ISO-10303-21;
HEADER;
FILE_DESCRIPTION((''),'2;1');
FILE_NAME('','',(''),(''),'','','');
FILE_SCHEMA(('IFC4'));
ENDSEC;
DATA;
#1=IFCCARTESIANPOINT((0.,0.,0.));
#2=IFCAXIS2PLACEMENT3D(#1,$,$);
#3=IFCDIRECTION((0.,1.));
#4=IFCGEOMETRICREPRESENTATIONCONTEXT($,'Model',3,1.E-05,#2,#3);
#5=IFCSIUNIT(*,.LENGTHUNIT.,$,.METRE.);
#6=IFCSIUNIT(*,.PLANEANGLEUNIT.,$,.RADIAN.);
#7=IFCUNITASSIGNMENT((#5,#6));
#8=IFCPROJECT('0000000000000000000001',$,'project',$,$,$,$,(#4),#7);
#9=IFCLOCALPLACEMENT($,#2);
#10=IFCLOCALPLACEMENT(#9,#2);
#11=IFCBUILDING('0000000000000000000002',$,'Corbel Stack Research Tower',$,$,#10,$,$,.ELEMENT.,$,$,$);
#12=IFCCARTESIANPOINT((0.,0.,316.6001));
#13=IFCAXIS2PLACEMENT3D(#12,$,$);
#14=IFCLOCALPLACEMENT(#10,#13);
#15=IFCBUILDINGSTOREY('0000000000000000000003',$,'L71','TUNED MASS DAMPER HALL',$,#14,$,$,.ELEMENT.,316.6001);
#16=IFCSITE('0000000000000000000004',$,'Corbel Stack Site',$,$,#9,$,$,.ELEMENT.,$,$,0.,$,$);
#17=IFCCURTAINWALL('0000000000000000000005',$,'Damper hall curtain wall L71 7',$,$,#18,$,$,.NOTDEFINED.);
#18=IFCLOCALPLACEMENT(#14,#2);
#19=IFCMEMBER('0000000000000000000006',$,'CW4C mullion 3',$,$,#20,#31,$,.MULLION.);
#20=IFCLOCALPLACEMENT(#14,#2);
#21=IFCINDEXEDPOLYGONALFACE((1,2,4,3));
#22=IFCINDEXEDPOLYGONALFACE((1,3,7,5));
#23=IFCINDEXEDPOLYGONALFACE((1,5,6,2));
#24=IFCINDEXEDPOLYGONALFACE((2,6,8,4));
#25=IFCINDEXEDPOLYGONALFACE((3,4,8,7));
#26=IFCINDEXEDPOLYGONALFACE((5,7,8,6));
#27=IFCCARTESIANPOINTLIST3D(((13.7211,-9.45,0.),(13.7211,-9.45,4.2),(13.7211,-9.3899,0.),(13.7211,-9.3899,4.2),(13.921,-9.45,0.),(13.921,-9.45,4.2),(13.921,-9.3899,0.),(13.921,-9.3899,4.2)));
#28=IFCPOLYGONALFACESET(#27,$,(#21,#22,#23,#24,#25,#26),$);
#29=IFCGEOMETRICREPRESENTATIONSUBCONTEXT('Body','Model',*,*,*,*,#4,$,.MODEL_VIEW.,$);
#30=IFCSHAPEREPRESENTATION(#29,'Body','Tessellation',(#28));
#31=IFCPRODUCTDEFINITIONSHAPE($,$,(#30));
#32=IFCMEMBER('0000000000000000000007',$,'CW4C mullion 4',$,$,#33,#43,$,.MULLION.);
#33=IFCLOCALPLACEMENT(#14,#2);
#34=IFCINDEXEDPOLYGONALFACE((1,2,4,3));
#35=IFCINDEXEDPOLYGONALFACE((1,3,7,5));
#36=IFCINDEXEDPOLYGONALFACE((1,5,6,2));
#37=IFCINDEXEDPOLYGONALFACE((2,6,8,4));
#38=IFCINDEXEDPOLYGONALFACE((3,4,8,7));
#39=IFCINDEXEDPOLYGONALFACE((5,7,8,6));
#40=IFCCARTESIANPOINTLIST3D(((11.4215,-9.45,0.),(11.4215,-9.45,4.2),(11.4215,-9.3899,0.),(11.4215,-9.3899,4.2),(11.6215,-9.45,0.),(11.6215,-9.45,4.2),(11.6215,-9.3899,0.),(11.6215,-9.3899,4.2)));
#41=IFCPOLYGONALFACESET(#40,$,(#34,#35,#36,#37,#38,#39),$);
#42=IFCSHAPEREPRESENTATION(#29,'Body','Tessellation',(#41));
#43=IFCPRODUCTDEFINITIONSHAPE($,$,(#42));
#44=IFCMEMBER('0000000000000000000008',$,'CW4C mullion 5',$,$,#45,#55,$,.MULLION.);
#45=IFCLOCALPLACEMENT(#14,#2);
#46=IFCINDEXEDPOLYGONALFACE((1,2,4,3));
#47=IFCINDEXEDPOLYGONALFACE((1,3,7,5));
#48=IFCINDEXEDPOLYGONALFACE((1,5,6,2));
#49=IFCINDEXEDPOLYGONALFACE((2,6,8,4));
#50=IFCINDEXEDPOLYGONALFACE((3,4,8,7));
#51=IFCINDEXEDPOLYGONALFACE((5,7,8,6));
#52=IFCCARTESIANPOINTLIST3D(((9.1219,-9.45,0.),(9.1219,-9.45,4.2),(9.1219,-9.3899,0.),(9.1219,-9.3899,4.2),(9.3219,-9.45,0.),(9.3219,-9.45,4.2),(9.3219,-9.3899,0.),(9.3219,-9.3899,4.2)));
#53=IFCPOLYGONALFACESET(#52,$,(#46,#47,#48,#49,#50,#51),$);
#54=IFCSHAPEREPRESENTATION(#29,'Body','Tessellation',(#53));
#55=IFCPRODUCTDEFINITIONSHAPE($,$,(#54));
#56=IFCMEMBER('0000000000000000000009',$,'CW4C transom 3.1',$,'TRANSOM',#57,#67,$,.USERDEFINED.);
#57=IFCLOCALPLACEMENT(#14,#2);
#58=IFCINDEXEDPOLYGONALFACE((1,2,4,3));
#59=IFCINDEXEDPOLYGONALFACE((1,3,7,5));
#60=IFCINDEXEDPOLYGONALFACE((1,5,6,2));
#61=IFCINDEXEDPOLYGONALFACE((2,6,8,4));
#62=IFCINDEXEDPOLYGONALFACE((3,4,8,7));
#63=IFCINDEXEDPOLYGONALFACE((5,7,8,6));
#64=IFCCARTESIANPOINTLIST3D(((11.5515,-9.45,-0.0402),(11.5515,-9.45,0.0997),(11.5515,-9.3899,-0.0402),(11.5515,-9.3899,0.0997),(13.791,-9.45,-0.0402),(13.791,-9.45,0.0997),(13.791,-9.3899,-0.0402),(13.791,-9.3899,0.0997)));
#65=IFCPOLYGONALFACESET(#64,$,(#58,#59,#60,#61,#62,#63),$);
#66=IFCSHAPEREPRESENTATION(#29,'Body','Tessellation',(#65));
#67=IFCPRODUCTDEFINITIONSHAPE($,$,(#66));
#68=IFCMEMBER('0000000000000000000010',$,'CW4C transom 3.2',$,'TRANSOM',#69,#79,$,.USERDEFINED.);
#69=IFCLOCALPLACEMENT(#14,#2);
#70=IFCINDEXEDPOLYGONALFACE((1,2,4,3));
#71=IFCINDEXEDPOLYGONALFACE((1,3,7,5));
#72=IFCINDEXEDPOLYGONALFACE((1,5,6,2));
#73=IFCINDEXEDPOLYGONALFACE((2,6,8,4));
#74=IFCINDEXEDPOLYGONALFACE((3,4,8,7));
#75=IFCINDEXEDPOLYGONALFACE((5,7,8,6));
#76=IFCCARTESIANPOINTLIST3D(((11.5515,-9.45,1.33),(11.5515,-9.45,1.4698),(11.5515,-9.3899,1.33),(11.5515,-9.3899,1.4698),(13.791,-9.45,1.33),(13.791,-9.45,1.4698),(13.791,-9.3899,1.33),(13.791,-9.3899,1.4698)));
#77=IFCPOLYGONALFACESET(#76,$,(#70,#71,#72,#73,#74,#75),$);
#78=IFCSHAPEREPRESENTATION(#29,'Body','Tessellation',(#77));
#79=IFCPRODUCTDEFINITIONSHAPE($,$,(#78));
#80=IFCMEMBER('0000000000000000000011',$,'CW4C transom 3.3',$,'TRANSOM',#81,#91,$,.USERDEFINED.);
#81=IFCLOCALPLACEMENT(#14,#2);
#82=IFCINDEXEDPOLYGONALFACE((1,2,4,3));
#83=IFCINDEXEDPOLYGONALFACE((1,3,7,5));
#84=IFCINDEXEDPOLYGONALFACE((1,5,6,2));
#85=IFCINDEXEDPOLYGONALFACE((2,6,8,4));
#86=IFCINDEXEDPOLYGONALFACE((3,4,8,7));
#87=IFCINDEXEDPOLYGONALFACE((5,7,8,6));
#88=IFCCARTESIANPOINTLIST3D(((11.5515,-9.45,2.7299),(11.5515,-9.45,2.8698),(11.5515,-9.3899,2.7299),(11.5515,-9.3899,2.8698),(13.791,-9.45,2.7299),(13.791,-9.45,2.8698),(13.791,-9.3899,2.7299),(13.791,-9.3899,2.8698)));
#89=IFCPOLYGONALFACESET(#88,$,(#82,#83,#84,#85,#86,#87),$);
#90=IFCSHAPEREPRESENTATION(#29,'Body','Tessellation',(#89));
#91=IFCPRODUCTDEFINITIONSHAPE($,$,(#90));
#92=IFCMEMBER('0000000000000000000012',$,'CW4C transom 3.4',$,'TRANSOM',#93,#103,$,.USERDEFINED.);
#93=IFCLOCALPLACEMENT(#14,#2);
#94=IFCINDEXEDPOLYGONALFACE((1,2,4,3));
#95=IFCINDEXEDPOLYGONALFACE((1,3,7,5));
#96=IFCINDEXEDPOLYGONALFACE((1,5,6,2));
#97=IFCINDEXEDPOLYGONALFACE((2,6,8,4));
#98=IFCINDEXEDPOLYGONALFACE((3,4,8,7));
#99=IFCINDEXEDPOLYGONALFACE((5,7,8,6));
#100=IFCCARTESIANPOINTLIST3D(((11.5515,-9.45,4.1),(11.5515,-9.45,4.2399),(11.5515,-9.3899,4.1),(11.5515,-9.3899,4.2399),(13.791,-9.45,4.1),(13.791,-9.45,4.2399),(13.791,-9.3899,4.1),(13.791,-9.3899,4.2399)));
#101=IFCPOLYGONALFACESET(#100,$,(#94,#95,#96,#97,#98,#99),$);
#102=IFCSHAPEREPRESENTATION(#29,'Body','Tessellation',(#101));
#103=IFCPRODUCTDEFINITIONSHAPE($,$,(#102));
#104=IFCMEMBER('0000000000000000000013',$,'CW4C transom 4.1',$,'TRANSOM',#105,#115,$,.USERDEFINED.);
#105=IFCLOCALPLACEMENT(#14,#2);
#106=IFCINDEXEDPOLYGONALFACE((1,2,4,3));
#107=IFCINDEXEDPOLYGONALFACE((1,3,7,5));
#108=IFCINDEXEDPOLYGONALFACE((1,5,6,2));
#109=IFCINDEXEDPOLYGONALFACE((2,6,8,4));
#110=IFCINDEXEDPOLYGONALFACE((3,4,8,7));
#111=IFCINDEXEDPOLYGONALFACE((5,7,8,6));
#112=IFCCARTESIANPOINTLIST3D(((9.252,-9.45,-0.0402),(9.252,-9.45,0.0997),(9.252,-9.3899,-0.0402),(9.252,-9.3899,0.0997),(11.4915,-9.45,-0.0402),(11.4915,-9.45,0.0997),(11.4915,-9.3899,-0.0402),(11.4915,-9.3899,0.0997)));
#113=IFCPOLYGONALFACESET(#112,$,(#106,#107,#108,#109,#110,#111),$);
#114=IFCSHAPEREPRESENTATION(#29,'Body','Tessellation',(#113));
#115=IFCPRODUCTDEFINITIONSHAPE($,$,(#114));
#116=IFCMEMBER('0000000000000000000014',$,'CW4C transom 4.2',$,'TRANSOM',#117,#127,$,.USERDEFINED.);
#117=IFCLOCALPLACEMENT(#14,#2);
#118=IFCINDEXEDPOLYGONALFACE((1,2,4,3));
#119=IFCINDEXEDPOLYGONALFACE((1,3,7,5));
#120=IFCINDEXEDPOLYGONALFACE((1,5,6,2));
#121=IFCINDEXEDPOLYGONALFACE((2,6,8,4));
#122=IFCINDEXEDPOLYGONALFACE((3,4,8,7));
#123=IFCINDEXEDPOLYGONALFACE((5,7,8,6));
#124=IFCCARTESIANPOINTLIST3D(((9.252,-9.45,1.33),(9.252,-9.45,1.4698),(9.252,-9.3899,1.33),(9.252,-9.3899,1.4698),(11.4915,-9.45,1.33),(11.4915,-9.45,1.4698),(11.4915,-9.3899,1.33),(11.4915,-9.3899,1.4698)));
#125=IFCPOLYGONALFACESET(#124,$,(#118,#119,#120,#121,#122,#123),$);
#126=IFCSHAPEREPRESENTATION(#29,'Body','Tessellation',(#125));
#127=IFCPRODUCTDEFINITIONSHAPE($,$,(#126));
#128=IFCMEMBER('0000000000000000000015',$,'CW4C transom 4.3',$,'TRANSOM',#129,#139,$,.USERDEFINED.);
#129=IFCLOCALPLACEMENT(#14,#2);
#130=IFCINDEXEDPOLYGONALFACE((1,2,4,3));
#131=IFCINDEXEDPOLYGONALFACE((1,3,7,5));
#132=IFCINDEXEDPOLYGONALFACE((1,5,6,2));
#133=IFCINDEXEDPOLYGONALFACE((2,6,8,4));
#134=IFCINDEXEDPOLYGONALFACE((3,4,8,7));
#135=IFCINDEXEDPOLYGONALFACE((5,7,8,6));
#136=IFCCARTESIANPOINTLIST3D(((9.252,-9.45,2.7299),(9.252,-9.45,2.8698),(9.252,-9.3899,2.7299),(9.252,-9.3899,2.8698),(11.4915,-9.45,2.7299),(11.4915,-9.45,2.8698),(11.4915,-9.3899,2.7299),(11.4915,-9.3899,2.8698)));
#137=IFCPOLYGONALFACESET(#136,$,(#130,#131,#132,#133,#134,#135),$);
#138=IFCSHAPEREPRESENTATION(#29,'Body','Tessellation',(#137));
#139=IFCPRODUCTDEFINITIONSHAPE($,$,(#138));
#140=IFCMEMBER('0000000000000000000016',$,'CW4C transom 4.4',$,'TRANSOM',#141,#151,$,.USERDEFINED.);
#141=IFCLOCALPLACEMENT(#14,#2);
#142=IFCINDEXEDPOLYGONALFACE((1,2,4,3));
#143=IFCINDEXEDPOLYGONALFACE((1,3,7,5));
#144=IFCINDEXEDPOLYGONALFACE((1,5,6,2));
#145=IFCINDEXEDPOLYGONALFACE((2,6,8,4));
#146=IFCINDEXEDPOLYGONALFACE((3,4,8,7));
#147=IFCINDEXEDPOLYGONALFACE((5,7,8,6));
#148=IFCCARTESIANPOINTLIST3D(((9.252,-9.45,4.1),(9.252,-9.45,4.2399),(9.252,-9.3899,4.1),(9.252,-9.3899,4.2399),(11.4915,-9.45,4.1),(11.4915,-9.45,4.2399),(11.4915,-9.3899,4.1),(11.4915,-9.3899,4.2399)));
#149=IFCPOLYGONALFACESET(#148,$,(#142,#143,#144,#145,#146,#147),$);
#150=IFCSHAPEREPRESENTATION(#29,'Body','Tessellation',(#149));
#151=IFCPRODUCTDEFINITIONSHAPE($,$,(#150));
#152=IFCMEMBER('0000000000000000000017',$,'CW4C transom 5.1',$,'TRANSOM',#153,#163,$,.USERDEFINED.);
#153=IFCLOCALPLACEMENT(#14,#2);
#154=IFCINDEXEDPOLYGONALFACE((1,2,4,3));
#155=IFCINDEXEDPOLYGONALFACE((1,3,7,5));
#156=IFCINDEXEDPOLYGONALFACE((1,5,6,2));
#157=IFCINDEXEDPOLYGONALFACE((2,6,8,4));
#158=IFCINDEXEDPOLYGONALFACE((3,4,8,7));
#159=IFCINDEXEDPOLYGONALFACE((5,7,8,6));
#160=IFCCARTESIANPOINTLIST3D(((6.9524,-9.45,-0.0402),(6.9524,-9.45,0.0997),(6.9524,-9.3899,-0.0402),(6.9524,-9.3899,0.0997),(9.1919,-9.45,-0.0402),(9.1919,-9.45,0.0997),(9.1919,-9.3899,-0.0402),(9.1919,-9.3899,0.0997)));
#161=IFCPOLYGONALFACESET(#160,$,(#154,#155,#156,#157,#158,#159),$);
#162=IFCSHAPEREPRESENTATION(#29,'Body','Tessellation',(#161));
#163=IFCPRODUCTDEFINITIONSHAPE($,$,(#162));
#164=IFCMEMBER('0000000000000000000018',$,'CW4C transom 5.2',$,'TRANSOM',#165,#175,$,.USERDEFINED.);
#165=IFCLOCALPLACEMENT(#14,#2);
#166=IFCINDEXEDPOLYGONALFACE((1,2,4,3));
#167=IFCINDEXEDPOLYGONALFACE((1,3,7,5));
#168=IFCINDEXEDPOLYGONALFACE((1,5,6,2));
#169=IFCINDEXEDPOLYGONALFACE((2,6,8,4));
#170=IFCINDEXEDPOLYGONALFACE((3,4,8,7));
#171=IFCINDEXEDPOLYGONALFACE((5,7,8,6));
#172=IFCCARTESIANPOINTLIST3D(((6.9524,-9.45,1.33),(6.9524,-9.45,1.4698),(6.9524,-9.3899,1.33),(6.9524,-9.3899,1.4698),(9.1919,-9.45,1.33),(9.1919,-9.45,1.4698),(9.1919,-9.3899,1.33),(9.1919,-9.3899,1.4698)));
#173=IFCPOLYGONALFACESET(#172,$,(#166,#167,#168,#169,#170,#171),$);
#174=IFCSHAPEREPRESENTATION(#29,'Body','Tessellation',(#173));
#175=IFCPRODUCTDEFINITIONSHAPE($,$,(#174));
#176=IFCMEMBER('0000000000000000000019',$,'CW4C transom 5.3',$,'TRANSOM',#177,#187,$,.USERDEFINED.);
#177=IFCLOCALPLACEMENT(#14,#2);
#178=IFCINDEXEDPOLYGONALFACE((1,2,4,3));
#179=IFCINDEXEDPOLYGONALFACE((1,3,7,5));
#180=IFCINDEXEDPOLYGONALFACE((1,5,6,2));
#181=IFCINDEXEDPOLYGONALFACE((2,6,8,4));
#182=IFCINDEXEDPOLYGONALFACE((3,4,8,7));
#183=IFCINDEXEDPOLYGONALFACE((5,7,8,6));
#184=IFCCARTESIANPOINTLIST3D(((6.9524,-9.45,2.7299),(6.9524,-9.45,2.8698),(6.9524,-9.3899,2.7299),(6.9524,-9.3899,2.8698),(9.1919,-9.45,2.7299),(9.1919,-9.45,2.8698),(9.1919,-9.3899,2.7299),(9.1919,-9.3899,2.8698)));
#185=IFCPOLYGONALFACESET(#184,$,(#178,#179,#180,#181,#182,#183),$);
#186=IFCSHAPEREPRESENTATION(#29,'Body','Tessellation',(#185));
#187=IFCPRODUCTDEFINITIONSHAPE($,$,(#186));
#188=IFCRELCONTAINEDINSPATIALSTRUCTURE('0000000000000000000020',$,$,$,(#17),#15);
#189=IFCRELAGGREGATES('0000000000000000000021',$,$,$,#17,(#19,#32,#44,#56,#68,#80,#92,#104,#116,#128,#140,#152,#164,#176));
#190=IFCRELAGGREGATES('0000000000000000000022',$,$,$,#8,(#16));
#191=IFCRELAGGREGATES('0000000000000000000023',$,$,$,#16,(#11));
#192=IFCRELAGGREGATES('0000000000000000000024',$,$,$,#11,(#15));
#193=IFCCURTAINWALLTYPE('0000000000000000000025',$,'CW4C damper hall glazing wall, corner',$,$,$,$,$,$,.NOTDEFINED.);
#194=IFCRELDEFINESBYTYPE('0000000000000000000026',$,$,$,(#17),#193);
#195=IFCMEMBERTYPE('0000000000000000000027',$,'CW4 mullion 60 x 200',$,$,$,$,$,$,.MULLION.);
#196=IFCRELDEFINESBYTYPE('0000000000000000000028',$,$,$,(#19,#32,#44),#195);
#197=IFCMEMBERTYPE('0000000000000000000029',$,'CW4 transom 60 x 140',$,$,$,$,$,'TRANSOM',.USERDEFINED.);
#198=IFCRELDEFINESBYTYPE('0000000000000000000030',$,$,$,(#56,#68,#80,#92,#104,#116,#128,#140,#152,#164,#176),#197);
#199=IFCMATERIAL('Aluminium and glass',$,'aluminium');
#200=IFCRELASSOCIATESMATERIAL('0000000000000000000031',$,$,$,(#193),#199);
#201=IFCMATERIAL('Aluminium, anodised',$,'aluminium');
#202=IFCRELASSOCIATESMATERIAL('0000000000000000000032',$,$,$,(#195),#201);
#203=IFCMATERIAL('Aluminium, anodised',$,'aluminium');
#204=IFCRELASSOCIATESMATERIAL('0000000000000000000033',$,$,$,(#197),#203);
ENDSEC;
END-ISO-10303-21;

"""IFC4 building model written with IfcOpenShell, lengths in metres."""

from ifc_helpers import new_model, si_unit, direction, frame, origin, origin_2d, place, context, subcontext, project, spatial, rectangle, extrude, material, material_profile, profile_set, type_object, element, aggregate, save


model = new_model("IFC4")

# Units and contexts
model_context = context("Model", 3, precision=1e-05, world=origin(), true_north=direction((0.0, 1.0)))
body_context = subcontext(model_context, "Body", "Model", "MODEL_VIEW")
ifc_project = project(units=[si_unit("LENGTHUNIT", "METRE"), si_unit("PLANEANGLEUNIT", "RADIAN")], contexts=[model_context])

# Site, building, storey
site_placement = place(None, origin())
site = spatial("IfcSite", under=ifc_project, at=site_placement, Name="Corbel Stack Site", CompositionType="ELEMENT", RefElevation=0.0)
building_placement = place(site_placement, origin())
building = spatial("IfcBuilding", under=site, at=building_placement, Name="Corbel Stack Research Tower", CompositionType="ELEMENT")
storey_placement = place(building_placement, frame((0.0, 0.0, 316.6001)))
storey = spatial("IfcBuildingStorey", under=building, at=storey_placement, Name="L71", Description="TUNED MASS DAMPER HALL", CompositionType="ELEMENT", Elevation=316.6001)

# Curtain wall, members
ifc_material_1 = material(Name="Aluminium and glass", Category="aluminium")
curtain_wall_type = type_object("IfcCurtainWallType", Name="CW4C damper hall glazing wall, corner", PredefinedType="NOTDEFINED", material=ifc_material_1)
curtain_wall_placement = place(storey_placement, origin())
curtain_wall = element("IfcCurtainWall", 1, at=curtain_wall_placement, inside=storey, type_object=curtain_wall_type, Name="Damper hall curtain wall L71 7", PredefinedType="NOTDEFINED")
ifc_material_2 = material(Name="Aluminium, anodised", Category="aluminium")
ifc_material_profile_1 = material_profile(ifc_material_2, rectangle(XDim=0.0601, YDim=0.2, at=origin_2d()), Name="CW4 mullion 60 x 200")
ifc_profile_set_1 = profile_set([ifc_material_profile_1], Name="Aluminium, anodised")
member_type_1 = type_object("IfcMemberType", Name="CW4 mullion 60 x 200", PredefinedType="MULLION", material=ifc_profile_set_1)
member_1_placement = place(storey_placement, frame((13.821, -9.4199, 0.0), z_axis=(0.0, 0.0, 1.0), x_axis=(0.0, -1.0, 0.0)))
member_1 = element("IfcMember", 2, at=member_1_placement, type_object=member_type_1, Name="CW4C mullion 3", PredefinedType="MULLION", context=body_context, shape_type="SweptSolid", body=[
    extrude(rectangle(XDim=0.0601, YDim=0.2, at=origin_2d()), origin(), (0.0, 0.0, 1.0), 4.2),
])
member_2_placement = place(storey_placement, frame((11.5215, -9.4199, 0.0), z_axis=(0.0, 0.0, 1.0), x_axis=(0.0, -1.0, 0.0)))
member_2 = element("IfcMember", 3, at=member_2_placement, type_object=member_type_1, Name="CW4C mullion 4", PredefinedType="MULLION", context=body_context, shape_type="SweptSolid", body=[
    extrude(rectangle(XDim=0.0601, YDim=0.2, at=origin_2d()), origin(), (0.0, 0.0, 1.0), 4.2),
])
member_3_placement = place(storey_placement, frame((9.2219, -9.4199, 0.0), z_axis=(0.0, 0.0, 1.0), x_axis=(0.0, -1.0, 0.0)))
member_3 = element("IfcMember", 4, at=member_3_placement, type_object=member_type_1, Name="CW4C mullion 5", PredefinedType="MULLION", context=body_context, shape_type="SweptSolid", body=[
    extrude(rectangle(XDim=0.0601, YDim=0.2, at=origin_2d()), origin(), (0.0, 0.0, 1.0), 4.2),
])
ifc_material_3 = material(Name="Aluminium, anodised", Category="aluminium")
ifc_material_profile_2 = material_profile(ifc_material_3, rectangle(XDim=0.0601, YDim=0.1399, at=origin_2d()), Name="CW4 transom 60 x 140")
ifc_profile_set_2 = profile_set([ifc_material_profile_2], Name="Aluminium, anodised")
member_type_2 = type_object("IfcMemberType", Name="CW4 transom 60 x 140", ElementType="TRANSOM", PredefinedType="USERDEFINED", material=ifc_profile_set_2)
member_4_placement = place(storey_placement, frame((13.791, -9.4199, 0.0298), z_axis=(-1.0, 0.0, 0.0), x_axis=(0.0, -1.0, 0.0)))
member_4 = element("IfcMember", 5, at=member_4_placement, type_object=member_type_2, Name="CW4C transom 3.1", ObjectType="TRANSOM", PredefinedType="USERDEFINED", context=body_context, shape_type="SweptSolid", body=[
    extrude(rectangle(XDim=0.0601, YDim=0.1399, at=origin_2d()), origin(), (0.0, 0.0, 1.0), 2.2395),
])
member_5_placement = place(storey_placement, frame((13.791, -9.4199, 1.3999), z_axis=(-1.0, 0.0, 0.0), x_axis=(0.0, -1.0, 0.0)))
member_5 = element("IfcMember", 6, at=member_5_placement, type_object=member_type_2, Name="CW4C transom 3.2", ObjectType="TRANSOM", PredefinedType="USERDEFINED", context=body_context, shape_type="SweptSolid", body=[
    extrude(rectangle(XDim=0.0601, YDim=0.1399, at=origin_2d()), origin(), (0.0, 0.0, 1.0), 2.2395),
])
member_6_placement = place(storey_placement, frame((13.791, -9.4199, 2.7998), z_axis=(-1.0, 0.0, 0.0), x_axis=(0.0, -1.0, 0.0)))
member_6 = element("IfcMember", 7, at=member_6_placement, type_object=member_type_2, Name="CW4C transom 3.3", ObjectType="TRANSOM", PredefinedType="USERDEFINED", context=body_context, shape_type="SweptSolid", body=[
    extrude(rectangle(XDim=0.0601, YDim=0.1399, at=origin_2d()), origin(), (0.0, 0.0, 1.0), 2.2395),
])
member_7_placement = place(storey_placement, frame((13.791, -9.4199, 4.1699), z_axis=(-1.0, 0.0, 0.0), x_axis=(0.0, -1.0, 0.0)))
member_7 = element("IfcMember", 8, at=member_7_placement, type_object=member_type_2, Name="CW4C transom 3.4", ObjectType="TRANSOM", PredefinedType="USERDEFINED", context=body_context, shape_type="SweptSolid", body=[
    extrude(rectangle(XDim=0.0601, YDim=0.1399, at=origin_2d()), origin(), (0.0, 0.0, 1.0), 2.2395),
])
member_8_placement = place(storey_placement, frame((11.4915, -9.4199, 0.0298), z_axis=(-1.0, 0.0, 0.0), x_axis=(0.0, -1.0, 0.0)))
member_8 = element("IfcMember", 9, at=member_8_placement, type_object=member_type_2, Name="CW4C transom 4.1", ObjectType="TRANSOM", PredefinedType="USERDEFINED", context=body_context, shape_type="SweptSolid", body=[
    extrude(rectangle(XDim=0.0601, YDim=0.1399, at=origin_2d()), origin(), (0.0, 0.0, 1.0), 2.2395),
])
member_9_placement = place(storey_placement, frame((11.4915, -9.4199, 1.3999), z_axis=(-1.0, 0.0, 0.0), x_axis=(0.0, -1.0, 0.0)))
member_9 = element("IfcMember", 10, at=member_9_placement, type_object=member_type_2, Name="CW4C transom 4.2", ObjectType="TRANSOM", PredefinedType="USERDEFINED", context=body_context, shape_type="SweptSolid", body=[
    extrude(rectangle(XDim=0.0601, YDim=0.1399, at=origin_2d()), origin(), (0.0, 0.0, 1.0), 2.2395),
])
member_10_placement = place(storey_placement, frame((11.4915, -9.4199, 2.7998), z_axis=(-1.0, 0.0, 0.0), x_axis=(0.0, -1.0, 0.0)))
member_10 = element("IfcMember", 11, at=member_10_placement, type_object=member_type_2, Name="CW4C transom 4.3", ObjectType="TRANSOM", PredefinedType="USERDEFINED", context=body_context, shape_type="SweptSolid", body=[
    extrude(rectangle(XDim=0.0601, YDim=0.1399, at=origin_2d()), origin(), (0.0, 0.0, 1.0), 2.2395),
])
member_11_placement = place(storey_placement, frame((11.4915, -9.4199, 4.1699), z_axis=(-1.0, 0.0, 0.0), x_axis=(0.0, -1.0, 0.0)))
member_11 = element("IfcMember", 12, at=member_11_placement, type_object=member_type_2, Name="CW4C transom 4.4", ObjectType="TRANSOM", PredefinedType="USERDEFINED", context=body_context, shape_type="SweptSolid", body=[
    extrude(rectangle(XDim=0.0601, YDim=0.1399, at=origin_2d()), origin(), (0.0, 0.0, 1.0), 2.2395),
])
member_12_placement = place(storey_placement, frame((9.1919, -9.4199, 0.0298), z_axis=(-1.0, 0.0, 0.0), x_axis=(0.0, -1.0, 0.0)))
member_12 = element("IfcMember", 13, at=member_12_placement, type_object=member_type_2, Name="CW4C transom 5.1", ObjectType="TRANSOM", PredefinedType="USERDEFINED", context=body_context, shape_type="SweptSolid", body=[
    extrude(rectangle(XDim=0.0601, YDim=0.1399, at=origin_2d()), origin(), (0.0, 0.0, 1.0), 2.2395),
])
member_13_placement = place(storey_placement, frame((9.1919, -9.4199, 1.3999), z_axis=(-1.0, 0.0, 0.0), x_axis=(0.0, -1.0, 0.0)))
member_13 = element("IfcMember", 14, at=member_13_placement, type_object=member_type_2, Name="CW4C transom 5.2", ObjectType="TRANSOM", PredefinedType="USERDEFINED", context=body_context, shape_type="SweptSolid", body=[
    extrude(rectangle(XDim=0.0601, YDim=0.1399, at=origin_2d()), origin(), (0.0, 0.0, 1.0), 2.2395),
])
member_14_placement = place(storey_placement, frame((9.1919, -9.4199, 2.7998), z_axis=(-1.0, 0.0, 0.0), x_axis=(0.0, -1.0, 0.0)))
member_14 = element("IfcMember", 15, at=member_14_placement, type_object=member_type_2, Name="CW4C transom 5.3", ObjectType="TRANSOM", PredefinedType="USERDEFINED", context=body_context, shape_type="SweptSolid", body=[
    extrude(rectangle(XDim=0.0601, YDim=0.1399, at=origin_2d()), origin(), (0.0, 0.0, 1.0), 2.2395),
])
aggregate(curtain_wall, [member_1, member_2, member_3, member_4, member_5, member_6, member_7, member_8, member_9, member_10, member_11, member_12, member_13, member_14])

save(model, "model.ifc")
